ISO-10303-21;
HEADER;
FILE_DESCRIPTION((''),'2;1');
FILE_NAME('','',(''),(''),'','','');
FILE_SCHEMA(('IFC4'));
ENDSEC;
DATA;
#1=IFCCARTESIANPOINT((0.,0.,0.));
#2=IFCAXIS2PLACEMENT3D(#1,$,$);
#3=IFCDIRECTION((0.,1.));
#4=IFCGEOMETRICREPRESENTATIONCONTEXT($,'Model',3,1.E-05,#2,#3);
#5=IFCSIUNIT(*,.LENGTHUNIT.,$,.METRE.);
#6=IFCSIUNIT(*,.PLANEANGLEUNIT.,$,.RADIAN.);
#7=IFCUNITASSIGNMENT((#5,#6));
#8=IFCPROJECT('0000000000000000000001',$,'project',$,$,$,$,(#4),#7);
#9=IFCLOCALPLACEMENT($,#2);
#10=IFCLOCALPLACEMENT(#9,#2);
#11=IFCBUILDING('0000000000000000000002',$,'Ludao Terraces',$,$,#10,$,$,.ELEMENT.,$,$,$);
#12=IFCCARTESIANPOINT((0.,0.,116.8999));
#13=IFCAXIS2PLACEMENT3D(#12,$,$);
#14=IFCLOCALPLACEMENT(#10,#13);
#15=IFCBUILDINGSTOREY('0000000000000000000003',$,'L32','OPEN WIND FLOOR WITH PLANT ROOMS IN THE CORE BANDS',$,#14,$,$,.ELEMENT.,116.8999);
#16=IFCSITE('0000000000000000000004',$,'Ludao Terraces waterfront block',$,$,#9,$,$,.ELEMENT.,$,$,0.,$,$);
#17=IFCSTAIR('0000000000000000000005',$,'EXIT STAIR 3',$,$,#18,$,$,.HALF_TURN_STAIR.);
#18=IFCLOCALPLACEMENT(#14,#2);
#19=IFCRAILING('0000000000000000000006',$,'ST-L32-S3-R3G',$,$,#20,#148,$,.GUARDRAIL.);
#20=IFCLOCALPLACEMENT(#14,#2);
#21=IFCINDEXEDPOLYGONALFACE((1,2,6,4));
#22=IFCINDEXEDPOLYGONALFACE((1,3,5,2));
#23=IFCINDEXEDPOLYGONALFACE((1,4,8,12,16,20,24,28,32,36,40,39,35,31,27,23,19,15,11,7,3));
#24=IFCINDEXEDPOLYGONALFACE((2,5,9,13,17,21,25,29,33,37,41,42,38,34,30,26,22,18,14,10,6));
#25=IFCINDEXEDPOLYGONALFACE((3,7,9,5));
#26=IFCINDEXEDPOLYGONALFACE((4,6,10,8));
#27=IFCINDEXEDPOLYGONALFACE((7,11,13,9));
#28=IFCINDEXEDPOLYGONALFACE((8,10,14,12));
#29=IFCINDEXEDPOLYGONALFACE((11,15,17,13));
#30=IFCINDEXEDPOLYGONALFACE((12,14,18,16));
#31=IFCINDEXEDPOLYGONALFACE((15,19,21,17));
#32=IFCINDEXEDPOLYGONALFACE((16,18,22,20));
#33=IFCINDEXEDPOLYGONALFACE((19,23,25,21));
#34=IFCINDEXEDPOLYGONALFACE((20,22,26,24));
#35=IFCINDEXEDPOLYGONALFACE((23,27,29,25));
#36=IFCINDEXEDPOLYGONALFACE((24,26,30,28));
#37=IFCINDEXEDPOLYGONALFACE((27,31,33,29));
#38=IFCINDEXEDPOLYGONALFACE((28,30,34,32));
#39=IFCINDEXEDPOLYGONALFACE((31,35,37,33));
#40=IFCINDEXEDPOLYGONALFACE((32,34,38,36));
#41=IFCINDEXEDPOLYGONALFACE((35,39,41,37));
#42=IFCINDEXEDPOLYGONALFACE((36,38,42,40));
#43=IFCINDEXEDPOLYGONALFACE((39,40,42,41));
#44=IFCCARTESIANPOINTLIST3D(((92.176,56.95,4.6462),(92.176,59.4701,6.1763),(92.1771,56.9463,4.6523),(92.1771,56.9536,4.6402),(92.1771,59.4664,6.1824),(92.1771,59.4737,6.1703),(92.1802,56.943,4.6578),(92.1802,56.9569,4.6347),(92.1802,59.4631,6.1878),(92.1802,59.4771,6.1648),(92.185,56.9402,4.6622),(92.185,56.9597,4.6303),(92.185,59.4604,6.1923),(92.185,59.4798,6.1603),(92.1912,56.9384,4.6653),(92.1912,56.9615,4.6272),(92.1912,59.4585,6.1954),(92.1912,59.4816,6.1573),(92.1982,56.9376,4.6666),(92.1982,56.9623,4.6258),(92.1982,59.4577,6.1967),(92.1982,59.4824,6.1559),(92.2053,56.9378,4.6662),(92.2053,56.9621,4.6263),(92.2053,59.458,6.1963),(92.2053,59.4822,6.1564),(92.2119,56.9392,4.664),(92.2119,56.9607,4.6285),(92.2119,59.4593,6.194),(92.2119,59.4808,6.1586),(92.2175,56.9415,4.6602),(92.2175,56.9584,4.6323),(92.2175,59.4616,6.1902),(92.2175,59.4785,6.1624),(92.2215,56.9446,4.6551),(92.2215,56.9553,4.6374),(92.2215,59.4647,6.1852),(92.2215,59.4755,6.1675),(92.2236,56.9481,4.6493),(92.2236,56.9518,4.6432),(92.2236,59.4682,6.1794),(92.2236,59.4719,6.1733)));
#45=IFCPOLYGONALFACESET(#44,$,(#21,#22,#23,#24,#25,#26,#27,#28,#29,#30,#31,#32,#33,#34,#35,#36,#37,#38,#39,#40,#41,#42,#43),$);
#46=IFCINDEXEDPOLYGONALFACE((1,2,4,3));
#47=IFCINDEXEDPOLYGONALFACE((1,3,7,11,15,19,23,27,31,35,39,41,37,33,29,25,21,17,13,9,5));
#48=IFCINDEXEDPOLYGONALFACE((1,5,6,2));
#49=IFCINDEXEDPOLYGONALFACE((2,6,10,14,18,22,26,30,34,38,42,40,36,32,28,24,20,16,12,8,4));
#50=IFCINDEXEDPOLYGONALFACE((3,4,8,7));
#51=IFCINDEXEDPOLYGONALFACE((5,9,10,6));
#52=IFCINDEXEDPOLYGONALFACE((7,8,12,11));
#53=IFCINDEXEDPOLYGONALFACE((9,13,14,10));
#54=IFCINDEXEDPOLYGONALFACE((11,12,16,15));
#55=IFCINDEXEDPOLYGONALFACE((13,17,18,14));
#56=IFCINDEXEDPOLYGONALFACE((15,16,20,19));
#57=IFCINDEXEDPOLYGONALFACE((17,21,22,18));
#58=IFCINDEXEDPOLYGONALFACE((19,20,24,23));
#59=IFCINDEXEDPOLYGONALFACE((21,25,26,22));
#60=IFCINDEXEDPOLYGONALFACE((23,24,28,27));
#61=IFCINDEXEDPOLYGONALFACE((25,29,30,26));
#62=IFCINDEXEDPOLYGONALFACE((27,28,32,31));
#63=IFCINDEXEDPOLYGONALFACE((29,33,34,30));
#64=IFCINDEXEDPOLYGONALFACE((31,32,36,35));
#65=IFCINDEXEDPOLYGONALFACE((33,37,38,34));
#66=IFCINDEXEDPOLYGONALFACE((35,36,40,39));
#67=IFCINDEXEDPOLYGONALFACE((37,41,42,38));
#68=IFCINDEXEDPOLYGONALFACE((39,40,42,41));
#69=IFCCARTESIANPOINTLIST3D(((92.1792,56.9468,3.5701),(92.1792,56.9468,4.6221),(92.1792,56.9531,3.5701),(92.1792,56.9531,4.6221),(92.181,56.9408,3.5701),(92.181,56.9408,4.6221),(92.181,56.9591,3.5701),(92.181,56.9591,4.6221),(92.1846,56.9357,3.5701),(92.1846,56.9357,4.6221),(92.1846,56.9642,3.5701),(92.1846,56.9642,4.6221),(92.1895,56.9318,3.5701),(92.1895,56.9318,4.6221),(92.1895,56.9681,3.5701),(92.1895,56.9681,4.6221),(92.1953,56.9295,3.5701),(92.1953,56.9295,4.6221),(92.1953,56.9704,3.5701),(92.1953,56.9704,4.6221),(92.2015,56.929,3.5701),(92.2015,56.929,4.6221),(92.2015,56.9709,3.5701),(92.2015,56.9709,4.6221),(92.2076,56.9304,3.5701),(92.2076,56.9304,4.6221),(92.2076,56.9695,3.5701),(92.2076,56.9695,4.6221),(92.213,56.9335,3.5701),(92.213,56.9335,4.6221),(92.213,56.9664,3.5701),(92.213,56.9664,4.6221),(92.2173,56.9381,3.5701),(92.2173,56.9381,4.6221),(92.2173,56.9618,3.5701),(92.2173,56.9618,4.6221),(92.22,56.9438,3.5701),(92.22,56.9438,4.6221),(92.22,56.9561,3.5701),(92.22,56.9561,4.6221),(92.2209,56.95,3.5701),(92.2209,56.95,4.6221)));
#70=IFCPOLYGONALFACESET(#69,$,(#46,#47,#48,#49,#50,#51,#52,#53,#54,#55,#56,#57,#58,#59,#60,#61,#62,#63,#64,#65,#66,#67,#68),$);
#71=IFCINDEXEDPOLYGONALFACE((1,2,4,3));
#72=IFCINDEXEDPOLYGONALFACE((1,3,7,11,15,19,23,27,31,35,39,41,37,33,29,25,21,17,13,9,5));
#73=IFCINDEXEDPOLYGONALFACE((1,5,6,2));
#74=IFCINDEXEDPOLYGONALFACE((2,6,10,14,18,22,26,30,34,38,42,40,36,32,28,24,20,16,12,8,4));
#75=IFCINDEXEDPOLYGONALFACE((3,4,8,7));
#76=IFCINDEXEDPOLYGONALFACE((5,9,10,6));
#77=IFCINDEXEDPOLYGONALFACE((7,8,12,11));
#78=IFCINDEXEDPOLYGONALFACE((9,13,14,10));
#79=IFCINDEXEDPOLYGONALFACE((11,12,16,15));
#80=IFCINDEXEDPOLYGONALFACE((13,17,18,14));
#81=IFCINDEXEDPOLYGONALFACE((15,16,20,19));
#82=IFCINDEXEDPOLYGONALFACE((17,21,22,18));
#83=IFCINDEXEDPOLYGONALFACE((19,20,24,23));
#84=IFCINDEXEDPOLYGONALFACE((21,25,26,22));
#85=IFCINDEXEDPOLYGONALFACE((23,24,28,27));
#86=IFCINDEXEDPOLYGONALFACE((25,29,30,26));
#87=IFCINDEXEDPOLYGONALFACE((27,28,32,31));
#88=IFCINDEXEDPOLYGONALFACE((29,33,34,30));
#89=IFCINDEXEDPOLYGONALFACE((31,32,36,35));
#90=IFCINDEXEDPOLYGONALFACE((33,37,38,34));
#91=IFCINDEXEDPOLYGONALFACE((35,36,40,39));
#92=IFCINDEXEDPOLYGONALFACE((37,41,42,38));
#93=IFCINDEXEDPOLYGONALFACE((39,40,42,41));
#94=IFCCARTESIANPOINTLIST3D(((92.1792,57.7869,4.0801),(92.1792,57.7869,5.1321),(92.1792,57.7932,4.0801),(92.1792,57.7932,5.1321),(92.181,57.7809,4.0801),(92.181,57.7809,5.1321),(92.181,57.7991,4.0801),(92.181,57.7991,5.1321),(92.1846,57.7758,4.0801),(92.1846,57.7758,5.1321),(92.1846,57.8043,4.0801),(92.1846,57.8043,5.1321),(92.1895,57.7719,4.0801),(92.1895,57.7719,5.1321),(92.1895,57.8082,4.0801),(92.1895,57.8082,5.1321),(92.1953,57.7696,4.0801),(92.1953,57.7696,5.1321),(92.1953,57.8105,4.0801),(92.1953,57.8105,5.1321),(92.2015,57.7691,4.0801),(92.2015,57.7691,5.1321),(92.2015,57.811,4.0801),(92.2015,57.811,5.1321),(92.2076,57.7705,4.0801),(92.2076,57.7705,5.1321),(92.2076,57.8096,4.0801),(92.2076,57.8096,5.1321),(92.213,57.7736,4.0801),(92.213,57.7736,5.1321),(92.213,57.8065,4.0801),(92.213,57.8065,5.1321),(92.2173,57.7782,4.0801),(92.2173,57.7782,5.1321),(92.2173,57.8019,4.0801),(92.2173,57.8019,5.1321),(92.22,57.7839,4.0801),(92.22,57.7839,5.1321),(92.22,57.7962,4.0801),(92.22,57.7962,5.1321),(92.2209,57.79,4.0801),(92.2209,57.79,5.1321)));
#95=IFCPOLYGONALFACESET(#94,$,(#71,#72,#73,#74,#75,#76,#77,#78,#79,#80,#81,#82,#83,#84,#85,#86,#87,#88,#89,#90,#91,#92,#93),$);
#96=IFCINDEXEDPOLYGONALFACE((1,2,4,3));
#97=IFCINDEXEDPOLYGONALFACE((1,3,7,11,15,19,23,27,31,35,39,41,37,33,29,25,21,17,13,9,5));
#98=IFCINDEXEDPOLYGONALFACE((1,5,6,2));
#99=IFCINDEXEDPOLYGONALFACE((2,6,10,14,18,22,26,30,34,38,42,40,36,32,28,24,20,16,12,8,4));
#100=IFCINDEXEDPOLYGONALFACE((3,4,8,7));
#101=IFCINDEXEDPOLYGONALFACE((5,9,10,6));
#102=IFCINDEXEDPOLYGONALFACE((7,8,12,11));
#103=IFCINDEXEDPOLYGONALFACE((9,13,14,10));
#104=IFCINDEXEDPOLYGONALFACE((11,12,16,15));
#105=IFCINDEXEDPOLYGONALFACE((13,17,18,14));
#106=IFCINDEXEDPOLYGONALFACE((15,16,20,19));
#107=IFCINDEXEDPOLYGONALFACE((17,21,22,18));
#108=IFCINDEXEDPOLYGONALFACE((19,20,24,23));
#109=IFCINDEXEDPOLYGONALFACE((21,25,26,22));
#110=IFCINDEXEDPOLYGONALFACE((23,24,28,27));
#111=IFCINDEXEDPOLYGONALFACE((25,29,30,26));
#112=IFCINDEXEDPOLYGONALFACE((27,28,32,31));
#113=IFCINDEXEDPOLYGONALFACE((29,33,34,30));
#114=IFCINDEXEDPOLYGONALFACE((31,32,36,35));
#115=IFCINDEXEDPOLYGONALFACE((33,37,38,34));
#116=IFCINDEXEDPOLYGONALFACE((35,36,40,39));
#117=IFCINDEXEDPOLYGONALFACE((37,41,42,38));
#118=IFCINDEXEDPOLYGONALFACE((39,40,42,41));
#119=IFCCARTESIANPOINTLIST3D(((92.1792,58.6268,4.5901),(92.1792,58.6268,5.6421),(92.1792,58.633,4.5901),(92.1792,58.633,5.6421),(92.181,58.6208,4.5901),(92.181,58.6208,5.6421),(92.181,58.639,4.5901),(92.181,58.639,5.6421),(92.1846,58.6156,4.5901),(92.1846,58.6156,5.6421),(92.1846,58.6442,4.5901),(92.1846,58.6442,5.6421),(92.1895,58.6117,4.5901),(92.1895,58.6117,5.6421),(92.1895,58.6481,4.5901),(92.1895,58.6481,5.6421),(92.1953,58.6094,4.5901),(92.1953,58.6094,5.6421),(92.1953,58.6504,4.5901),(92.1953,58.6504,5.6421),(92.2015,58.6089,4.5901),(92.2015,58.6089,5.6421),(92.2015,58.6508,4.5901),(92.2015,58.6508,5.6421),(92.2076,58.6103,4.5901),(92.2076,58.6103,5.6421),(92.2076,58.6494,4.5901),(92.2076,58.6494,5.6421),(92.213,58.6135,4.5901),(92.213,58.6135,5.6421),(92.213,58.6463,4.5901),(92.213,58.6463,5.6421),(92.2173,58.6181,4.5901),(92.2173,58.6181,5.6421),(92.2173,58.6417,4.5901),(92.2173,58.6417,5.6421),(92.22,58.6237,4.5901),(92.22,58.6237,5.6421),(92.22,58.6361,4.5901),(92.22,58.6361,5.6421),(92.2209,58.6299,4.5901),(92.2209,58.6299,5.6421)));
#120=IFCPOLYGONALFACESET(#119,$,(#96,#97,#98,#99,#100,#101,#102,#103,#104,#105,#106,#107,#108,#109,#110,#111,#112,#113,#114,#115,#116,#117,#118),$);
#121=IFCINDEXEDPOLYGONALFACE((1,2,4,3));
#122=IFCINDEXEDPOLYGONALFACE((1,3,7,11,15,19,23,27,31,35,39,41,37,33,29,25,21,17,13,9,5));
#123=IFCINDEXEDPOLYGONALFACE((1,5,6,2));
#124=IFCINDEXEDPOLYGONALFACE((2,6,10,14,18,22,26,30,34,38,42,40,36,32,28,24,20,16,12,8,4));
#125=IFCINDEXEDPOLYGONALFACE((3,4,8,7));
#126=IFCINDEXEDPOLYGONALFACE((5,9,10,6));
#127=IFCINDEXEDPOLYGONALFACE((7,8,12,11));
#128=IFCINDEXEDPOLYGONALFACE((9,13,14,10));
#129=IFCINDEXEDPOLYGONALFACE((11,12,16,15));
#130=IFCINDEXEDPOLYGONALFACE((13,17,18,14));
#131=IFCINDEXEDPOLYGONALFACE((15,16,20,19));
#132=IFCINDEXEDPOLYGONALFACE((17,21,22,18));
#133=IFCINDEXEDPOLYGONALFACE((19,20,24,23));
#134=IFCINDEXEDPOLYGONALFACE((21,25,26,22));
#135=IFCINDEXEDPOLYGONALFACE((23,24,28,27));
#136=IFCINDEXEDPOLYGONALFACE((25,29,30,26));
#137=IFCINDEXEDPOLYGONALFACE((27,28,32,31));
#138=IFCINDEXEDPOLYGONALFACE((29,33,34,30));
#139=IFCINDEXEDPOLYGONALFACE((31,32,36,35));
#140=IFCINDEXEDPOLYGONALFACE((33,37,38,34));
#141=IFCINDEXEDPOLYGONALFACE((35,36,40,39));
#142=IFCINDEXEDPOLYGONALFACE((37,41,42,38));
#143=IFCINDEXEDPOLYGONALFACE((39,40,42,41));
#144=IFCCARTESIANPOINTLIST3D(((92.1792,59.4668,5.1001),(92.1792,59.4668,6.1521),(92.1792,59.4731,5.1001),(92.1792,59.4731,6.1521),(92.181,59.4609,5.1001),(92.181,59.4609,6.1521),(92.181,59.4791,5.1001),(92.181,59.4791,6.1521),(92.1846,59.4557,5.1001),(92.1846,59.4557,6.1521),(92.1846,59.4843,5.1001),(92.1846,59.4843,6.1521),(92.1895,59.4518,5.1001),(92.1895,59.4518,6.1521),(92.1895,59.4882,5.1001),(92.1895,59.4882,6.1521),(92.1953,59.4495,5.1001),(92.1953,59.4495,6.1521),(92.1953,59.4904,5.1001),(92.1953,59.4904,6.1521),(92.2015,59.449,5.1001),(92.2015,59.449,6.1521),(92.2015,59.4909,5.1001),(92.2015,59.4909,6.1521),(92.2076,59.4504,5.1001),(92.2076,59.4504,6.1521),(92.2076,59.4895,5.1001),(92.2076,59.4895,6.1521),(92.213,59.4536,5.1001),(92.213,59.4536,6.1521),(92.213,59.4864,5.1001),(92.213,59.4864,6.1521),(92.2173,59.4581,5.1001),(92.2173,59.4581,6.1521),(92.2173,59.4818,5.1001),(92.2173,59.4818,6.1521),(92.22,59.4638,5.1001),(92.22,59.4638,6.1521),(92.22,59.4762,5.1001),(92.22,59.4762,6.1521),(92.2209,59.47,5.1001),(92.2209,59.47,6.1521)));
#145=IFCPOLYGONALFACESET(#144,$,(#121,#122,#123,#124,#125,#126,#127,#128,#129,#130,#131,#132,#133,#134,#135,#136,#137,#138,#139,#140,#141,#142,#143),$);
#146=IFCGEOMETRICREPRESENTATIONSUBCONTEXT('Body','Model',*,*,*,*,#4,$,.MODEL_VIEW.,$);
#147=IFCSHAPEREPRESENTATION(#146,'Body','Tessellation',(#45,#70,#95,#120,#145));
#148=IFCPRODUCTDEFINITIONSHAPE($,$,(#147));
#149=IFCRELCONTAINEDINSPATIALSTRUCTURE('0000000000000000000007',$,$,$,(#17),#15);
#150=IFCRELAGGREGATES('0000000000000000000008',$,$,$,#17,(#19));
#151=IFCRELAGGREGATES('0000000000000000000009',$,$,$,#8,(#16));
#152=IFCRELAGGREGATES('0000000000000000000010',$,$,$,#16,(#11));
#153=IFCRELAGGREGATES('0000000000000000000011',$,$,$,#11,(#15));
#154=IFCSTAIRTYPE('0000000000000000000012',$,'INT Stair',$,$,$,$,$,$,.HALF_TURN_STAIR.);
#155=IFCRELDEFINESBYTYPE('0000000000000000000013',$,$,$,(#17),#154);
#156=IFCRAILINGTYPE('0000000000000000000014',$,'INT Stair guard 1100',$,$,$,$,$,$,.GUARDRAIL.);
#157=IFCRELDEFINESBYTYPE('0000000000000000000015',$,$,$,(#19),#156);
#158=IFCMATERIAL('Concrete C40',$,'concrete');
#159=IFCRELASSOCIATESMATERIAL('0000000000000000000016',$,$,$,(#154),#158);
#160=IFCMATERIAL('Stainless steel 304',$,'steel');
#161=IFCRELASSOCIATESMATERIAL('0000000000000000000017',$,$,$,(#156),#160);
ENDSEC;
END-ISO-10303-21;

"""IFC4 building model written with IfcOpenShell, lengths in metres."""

from ifc_helpers import new_model, si_unit, direction, frame, origin, origin_2d, place, context, subcontext, project, spatial, circle, extrude, material, type_object, element, aggregate, save


model = new_model("IFC4")

# Units and contexts
model_context = context("Model", 3, precision=1e-05, world=origin(), true_north=direction((0.0, 1.0)))
body_context = subcontext(model_context, "Body", "Model", "MODEL_VIEW")
ifc_project = project(units=[si_unit("LENGTHUNIT", "METRE"), si_unit("PLANEANGLEUNIT", "RADIAN")], contexts=[model_context])

# Site, building, storey
site_placement = place(None, origin())
site = spatial("IfcSite", under=ifc_project, at=site_placement, Name="Ludao Terraces waterfront block", CompositionType="ELEMENT", RefElevation=0.0)
building_placement = place(site_placement, origin())
building = spatial("IfcBuilding", under=site, at=building_placement, Name="Ludao Terraces", CompositionType="ELEMENT")
storey_placement = place(building_placement, frame((0.0, 0.0, 116.8999)))
storey = spatial("IfcBuildingStorey", under=building, at=storey_placement, Name="L32", Description="OPEN WIND FLOOR WITH PLANT ROOMS IN THE CORE BANDS", CompositionType="ELEMENT", Elevation=116.8999)

# Stair, railing
ifc_material_1 = material(Name="Concrete C40", Category="concrete")
stair_type = type_object("IfcStairType", Name="INT Stair", PredefinedType="HALF_TURN_STAIR", material=ifc_material_1)
stair_placement = place(storey_placement, origin())
stair = element("IfcStair", 1, at=stair_placement, inside=storey, type_object=stair_type, Name="EXIT STAIR 3", PredefinedType="HALF_TURN_STAIR")
ifc_material_2 = material(Name="Stainless steel 304", Category="steel")
railing_type_1 = type_object("IfcRailingType", Name="INT Stair guard 1100", PredefinedType="GUARDRAIL", material=ifc_material_2)
railing_1_placement = place(storey_placement, frame((92.2, 56.95, 3.5701)))
railing_1 = element("IfcRailing", 2, at=railing_1_placement, type_object=railing_type_1, Name="ST-L32-S3-R3G", PredefinedType="GUARDRAIL", context=body_context, shape_type="SweptSolid", body=[
    extrude(circle(Radius=0.0239, at=origin_2d()), frame((0.0, 0.0, 1.0762), z_axis=(0.0, 0.854785, 0.518982), x_axis=(-1.0, 0.0, 0.0)), (0.0, 0.0, 1.0), 2.9482),
    extrude(circle(Radius=0.021, at=origin_2d()), origin(), (0.0, 0.0, 1.0), 1.052),
    extrude(circle(Radius=0.021, at=origin_2d()), frame((0.0, 0.8401, 0.51)), (0.0, 0.0, 1.0), 1.052),
    extrude(circle(Radius=0.021, at=origin_2d()), frame((0.0, 1.6799, 1.02)), (0.0, 0.0, 1.0), 1.052),
    extrude(circle(Radius=0.021, at=origin_2d()), frame((0.0, 2.52, 1.53)), (0.0, 0.0, 1.0), 1.052),
])
aggregate(stair, [railing_1])

save(model, "model.ifc")
